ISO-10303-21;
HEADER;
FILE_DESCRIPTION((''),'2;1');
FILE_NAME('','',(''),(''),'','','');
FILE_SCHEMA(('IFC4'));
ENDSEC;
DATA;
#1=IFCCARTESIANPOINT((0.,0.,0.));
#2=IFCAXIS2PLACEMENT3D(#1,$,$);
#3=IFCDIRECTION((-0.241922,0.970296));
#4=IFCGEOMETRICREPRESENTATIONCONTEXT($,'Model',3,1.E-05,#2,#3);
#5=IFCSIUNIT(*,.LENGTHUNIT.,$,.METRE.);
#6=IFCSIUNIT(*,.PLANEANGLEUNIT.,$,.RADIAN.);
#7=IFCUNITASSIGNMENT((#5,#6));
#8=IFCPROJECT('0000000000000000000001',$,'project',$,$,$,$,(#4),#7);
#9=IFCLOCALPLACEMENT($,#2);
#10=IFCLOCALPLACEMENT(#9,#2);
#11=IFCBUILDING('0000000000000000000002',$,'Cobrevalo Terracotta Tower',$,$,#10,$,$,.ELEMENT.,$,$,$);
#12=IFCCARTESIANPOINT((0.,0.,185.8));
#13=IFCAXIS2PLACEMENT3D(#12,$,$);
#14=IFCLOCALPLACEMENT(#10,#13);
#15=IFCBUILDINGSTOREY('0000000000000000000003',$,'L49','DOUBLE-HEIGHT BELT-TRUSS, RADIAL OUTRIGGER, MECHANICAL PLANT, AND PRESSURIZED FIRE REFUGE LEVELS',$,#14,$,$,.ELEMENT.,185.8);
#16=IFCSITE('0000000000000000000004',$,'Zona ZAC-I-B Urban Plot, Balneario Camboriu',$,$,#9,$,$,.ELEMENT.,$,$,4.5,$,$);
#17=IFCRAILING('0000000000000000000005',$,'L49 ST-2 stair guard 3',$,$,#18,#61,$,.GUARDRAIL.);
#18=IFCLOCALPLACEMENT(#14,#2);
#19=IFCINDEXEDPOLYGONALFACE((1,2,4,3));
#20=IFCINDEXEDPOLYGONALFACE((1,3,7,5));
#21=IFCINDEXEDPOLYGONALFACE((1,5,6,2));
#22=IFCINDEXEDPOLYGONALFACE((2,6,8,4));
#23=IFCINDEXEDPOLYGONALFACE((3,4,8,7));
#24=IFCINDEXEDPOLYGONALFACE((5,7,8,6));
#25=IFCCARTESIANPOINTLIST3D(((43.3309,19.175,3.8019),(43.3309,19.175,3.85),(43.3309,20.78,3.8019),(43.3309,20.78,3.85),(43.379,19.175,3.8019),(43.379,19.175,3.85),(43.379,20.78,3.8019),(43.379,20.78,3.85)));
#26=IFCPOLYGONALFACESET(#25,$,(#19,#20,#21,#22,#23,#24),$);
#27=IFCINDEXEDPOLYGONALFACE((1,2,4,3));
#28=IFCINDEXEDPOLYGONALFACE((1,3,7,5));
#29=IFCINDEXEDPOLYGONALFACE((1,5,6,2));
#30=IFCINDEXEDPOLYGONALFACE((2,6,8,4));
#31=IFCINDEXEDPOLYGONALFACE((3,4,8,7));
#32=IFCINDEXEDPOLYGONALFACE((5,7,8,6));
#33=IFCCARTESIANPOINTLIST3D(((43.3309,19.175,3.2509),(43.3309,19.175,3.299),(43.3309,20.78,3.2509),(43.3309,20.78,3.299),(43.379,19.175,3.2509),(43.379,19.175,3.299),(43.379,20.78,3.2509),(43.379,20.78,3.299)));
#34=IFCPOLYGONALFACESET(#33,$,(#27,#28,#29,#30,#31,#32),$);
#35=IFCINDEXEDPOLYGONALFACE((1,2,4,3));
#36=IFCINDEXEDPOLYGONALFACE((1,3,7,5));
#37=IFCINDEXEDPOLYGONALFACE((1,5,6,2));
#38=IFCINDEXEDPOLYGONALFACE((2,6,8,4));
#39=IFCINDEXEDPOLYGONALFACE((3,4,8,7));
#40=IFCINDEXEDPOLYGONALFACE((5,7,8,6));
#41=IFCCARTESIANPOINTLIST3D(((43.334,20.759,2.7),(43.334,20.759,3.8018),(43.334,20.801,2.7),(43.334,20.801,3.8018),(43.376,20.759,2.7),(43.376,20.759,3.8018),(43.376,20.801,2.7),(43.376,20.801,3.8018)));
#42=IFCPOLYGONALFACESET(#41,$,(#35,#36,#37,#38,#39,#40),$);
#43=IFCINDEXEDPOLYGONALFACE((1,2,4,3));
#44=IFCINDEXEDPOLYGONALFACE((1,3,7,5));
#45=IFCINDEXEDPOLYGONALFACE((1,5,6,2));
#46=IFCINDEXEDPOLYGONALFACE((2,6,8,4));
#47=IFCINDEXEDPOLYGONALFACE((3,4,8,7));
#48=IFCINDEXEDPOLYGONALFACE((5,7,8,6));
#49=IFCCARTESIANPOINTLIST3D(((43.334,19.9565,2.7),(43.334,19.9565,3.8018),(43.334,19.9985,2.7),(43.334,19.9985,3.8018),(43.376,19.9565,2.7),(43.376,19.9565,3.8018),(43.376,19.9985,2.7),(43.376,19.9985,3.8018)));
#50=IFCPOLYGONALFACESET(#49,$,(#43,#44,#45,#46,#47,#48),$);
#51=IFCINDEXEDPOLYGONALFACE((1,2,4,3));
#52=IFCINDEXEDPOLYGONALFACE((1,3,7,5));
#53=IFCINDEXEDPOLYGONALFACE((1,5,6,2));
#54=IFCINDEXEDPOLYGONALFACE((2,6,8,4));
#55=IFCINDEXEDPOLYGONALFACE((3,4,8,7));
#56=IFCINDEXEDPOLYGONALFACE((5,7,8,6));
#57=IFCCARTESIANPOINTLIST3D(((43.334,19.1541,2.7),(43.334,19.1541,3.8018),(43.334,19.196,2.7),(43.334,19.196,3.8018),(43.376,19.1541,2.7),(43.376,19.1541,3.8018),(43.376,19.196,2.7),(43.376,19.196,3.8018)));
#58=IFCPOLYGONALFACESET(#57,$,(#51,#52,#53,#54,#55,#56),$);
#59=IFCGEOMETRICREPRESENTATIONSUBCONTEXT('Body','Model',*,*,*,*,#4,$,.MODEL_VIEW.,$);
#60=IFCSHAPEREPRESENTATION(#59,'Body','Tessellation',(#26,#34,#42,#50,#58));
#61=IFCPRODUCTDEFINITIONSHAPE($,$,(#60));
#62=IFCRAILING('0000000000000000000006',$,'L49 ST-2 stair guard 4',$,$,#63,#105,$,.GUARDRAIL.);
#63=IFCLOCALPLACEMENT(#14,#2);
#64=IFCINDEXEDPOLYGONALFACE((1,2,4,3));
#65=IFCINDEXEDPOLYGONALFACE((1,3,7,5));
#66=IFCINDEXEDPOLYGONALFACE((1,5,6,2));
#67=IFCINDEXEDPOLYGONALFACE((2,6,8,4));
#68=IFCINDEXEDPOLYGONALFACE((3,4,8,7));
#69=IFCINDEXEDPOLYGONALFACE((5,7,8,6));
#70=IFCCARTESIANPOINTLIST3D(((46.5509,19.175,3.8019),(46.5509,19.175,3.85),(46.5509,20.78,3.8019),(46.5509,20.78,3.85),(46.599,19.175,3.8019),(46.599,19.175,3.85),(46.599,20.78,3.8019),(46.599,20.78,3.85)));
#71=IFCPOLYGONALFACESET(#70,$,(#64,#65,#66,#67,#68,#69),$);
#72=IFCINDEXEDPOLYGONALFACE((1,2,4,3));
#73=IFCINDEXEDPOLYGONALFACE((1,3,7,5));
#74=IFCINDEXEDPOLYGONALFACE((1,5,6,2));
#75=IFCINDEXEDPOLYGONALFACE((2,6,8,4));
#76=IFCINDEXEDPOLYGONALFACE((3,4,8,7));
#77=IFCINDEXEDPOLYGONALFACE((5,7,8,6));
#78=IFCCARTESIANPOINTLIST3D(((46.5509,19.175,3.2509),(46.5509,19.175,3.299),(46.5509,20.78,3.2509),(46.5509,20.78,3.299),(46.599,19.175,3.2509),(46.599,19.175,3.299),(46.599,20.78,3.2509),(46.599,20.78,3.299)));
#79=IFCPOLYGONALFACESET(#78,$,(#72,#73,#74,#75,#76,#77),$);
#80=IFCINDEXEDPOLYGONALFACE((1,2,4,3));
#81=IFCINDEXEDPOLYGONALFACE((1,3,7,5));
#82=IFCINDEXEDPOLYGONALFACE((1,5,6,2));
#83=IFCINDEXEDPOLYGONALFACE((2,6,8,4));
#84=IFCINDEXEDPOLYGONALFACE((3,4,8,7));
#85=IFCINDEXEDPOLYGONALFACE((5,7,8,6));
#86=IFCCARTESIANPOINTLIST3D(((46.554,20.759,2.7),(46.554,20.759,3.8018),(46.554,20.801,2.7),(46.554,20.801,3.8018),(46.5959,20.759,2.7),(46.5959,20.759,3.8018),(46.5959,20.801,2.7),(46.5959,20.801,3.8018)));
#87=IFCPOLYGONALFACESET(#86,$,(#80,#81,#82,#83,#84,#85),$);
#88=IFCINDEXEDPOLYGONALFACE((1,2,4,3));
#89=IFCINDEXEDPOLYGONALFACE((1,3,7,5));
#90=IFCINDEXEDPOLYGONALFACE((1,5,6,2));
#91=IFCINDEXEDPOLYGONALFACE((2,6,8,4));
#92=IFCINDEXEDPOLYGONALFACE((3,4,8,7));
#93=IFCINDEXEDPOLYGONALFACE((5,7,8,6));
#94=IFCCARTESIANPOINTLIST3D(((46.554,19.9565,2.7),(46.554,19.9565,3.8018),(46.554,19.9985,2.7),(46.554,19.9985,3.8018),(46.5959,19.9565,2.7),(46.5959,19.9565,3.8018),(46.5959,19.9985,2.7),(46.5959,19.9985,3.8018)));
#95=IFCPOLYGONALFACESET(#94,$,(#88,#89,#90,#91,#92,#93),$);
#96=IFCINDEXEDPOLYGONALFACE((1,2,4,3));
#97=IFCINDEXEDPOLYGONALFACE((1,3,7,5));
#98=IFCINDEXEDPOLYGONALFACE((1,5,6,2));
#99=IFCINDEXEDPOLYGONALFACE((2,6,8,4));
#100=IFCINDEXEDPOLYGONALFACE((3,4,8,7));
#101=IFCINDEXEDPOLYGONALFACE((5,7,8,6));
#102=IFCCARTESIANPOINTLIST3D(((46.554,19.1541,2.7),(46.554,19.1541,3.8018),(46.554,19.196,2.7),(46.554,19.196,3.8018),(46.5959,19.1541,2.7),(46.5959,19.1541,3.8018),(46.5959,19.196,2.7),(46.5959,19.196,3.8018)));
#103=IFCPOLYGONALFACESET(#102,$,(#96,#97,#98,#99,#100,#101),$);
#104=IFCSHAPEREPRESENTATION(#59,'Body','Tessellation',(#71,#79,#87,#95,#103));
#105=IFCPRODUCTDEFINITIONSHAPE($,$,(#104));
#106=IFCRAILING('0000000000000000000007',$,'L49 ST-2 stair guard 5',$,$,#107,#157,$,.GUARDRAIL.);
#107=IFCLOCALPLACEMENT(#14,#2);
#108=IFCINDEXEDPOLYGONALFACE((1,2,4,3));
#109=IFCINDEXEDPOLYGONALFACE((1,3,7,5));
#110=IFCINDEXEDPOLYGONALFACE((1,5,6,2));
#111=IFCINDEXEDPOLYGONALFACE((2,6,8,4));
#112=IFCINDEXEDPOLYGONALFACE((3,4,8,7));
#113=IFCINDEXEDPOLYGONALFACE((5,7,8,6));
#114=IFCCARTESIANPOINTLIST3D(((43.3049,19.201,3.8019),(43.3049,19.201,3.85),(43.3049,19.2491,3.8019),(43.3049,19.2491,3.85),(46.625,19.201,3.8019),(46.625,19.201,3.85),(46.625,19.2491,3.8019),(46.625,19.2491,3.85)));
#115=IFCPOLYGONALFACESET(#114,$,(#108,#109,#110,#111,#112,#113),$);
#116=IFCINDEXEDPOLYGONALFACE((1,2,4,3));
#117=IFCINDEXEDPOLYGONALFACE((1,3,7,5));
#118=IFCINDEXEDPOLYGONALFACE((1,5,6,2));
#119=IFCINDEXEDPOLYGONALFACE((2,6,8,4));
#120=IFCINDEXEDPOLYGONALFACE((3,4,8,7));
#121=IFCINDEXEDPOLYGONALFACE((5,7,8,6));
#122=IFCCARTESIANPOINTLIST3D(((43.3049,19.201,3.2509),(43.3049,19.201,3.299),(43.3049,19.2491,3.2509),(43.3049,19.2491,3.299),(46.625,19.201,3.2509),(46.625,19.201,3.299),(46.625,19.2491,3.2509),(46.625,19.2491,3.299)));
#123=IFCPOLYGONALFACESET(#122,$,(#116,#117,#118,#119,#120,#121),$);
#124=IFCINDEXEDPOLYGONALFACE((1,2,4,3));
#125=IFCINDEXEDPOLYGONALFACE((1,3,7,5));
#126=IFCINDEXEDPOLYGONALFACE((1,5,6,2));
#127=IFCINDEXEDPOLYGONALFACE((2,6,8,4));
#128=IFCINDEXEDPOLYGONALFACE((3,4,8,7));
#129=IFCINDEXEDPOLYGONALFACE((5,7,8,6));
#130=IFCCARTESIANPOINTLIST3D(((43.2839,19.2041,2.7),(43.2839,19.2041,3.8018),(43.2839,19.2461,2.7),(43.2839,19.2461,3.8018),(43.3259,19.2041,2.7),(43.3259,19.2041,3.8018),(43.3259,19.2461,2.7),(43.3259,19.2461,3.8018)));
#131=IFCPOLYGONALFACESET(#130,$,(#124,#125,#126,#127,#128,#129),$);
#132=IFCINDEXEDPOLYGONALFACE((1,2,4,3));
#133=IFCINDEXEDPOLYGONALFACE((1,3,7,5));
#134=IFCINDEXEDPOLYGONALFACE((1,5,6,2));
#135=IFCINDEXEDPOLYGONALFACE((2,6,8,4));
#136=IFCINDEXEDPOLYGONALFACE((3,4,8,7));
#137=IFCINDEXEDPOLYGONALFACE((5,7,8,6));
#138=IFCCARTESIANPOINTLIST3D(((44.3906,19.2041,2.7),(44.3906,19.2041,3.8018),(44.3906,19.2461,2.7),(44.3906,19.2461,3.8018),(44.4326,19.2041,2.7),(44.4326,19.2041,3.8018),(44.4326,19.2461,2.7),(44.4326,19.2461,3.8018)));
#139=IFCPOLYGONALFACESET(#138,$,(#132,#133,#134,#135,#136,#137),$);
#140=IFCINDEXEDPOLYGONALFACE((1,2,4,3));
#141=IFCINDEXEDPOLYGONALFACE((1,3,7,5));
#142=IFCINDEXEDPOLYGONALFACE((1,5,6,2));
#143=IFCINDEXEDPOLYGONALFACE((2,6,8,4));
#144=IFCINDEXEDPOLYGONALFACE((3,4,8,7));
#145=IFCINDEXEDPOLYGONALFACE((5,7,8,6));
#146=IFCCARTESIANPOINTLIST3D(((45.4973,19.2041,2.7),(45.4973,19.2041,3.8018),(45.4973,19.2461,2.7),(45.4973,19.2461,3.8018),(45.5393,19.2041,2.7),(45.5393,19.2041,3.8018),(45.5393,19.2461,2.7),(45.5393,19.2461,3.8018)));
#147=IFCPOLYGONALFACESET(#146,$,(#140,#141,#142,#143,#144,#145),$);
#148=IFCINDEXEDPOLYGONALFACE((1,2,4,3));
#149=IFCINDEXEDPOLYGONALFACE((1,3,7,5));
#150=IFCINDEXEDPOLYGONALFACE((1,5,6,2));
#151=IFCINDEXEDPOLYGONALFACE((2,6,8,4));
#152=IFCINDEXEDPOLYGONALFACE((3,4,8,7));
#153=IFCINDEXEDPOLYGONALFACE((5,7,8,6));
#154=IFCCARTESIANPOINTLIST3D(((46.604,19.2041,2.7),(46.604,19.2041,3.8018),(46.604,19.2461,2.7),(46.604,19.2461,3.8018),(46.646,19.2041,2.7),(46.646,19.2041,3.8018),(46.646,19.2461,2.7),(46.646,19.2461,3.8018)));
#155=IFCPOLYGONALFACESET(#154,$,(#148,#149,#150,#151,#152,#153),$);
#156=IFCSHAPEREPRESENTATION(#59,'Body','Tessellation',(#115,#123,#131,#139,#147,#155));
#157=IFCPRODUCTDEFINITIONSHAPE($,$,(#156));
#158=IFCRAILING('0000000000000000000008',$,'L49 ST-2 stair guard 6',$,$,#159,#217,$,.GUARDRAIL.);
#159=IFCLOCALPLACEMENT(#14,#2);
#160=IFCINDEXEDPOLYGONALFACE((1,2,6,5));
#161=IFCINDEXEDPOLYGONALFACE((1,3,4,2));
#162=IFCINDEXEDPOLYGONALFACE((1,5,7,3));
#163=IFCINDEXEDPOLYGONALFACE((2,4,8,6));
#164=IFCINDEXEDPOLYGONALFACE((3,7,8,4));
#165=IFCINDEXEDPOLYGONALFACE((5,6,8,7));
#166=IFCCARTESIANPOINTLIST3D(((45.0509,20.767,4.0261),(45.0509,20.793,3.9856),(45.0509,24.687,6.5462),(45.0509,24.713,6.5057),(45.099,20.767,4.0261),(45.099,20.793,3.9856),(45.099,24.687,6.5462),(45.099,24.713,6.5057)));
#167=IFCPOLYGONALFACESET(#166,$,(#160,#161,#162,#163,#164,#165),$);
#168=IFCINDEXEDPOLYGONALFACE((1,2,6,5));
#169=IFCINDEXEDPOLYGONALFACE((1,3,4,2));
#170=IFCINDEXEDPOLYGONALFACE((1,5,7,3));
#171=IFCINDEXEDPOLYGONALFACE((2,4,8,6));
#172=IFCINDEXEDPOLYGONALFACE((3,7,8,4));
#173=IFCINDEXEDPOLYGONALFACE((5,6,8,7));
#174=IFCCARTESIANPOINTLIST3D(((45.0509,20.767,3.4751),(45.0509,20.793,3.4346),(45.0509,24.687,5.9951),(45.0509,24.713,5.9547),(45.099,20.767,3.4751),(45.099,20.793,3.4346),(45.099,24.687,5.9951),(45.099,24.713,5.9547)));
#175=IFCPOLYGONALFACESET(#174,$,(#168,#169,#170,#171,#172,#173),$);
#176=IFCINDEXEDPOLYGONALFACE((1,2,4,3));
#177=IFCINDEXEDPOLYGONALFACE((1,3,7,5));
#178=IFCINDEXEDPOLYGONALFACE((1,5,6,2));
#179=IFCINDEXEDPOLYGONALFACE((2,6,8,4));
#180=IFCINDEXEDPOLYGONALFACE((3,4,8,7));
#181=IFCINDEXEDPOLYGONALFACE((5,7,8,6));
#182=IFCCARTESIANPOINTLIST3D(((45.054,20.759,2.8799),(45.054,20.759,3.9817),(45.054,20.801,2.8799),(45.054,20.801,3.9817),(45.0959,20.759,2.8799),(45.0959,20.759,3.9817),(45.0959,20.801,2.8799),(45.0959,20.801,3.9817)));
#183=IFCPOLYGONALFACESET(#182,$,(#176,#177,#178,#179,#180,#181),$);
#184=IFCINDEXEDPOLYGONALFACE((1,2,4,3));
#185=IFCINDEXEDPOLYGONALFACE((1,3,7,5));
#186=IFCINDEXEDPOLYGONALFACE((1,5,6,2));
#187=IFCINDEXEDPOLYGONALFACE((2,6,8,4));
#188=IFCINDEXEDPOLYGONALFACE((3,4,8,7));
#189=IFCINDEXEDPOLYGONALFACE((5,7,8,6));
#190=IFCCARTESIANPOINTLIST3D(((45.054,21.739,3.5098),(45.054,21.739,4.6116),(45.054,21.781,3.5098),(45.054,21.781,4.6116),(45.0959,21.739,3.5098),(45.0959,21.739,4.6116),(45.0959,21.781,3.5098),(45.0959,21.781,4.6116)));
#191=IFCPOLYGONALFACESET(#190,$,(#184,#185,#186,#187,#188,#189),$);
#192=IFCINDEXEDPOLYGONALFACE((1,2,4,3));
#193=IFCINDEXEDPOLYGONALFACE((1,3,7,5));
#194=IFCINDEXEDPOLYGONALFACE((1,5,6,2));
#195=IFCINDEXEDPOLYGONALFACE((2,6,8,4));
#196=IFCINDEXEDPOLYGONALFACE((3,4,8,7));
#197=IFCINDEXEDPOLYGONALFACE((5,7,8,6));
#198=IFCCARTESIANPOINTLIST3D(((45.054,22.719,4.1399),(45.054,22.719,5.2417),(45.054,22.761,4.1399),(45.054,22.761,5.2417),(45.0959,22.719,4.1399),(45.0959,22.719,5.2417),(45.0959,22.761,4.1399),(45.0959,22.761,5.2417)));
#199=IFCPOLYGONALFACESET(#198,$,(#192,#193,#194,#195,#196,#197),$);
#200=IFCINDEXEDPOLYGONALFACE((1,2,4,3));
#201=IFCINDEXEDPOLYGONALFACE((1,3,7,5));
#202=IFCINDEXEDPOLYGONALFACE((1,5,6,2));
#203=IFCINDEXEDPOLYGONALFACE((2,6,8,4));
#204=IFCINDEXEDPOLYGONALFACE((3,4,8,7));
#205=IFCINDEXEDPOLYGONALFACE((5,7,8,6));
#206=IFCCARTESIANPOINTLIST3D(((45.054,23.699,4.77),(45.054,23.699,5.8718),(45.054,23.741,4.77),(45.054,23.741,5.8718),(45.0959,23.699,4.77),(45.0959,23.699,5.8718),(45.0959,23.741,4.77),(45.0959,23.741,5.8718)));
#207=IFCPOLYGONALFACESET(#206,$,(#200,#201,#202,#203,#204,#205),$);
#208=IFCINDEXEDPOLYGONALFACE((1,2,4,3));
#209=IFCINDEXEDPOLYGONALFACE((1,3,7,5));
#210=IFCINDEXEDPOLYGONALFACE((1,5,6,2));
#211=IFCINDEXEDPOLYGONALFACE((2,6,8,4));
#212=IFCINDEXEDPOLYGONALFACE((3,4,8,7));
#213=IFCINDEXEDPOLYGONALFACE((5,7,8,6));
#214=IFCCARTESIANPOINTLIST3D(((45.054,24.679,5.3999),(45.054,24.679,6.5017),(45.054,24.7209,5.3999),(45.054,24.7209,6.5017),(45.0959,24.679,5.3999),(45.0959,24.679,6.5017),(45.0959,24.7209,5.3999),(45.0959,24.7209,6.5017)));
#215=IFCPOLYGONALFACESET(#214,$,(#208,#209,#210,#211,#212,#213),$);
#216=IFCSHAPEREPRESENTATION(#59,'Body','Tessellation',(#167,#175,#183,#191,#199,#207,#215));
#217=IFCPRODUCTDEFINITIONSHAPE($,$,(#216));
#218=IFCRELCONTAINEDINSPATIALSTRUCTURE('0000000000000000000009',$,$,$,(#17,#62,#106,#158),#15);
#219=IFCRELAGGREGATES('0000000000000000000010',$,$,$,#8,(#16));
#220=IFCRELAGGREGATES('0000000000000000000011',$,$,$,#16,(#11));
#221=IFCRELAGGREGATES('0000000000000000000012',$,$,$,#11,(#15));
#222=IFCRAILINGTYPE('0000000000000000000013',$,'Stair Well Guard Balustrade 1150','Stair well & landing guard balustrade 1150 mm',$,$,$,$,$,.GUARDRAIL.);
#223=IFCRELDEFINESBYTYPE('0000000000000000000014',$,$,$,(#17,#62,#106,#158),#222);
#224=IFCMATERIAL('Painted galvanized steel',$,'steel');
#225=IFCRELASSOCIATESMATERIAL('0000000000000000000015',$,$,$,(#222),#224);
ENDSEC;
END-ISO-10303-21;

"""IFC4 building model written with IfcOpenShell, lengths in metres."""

from ifc_helpers import new_model, si_unit, direction, frame, origin, origin_2d, place, context, subcontext, project, spatial, rectangle, extrude, material, type_object, element, save


model = new_model("IFC4")

# Units and contexts
model_context = context("Model", 3, precision=1e-05, world=origin(), true_north=direction((-0.241922, 0.970296)))
body_context = subcontext(model_context, "Body", "Model", "MODEL_VIEW")
ifc_project = project(units=[si_unit("LENGTHUNIT", "METRE"), si_unit("PLANEANGLEUNIT", "RADIAN")], contexts=[model_context])

# Site, building, storey
site_placement = place(None, origin())
site = spatial("IfcSite", under=ifc_project, at=site_placement, Name="Zona ZAC-I-B Urban Plot, Balneario Camboriu", CompositionType="ELEMENT", RefElevation=4.5)
building_placement = place(site_placement, origin())
building = spatial("IfcBuilding", under=site, at=building_placement, Name="Cobrevalo Terracotta Tower", CompositionType="ELEMENT")
storey_placement = place(building_placement, frame((0.0, 0.0, 185.8)))
storey = spatial("IfcBuildingStorey", under=building, at=storey_placement, Name="L49", Description="DOUBLE-HEIGHT BELT-TRUSS, RADIAL OUTRIGGER, MECHANICAL PLANT, AND PRESSURIZED FIRE REFUGE LEVELS", CompositionType="ELEMENT", Elevation=185.8)

# Railings
ifc_material_1 = material(Name="Painted galvanized steel", Category="steel")
railing_type_1 = type_object("IfcRailingType", Name="Stair Well Guard Balustrade 1150", Description="Stair well & landing guard balustrade 1150 mm", PredefinedType="GUARDRAIL", material=ifc_material_1)
for number, where, name in (
    (1, (43.355, 20.78, 2.7), "L49 ST-2 stair guard 3"),
    (2, (46.575, 20.78, 2.7), "L49 ST-2 stair guard 4"),
):
    element("IfcRailing", number, at=place(storey_placement, frame(where)), inside=storey, type_object=railing_type_1, Name=name, PredefinedType="GUARDRAIL", context=body_context, shape_type="SweptSolid", body=[
        extrude(rectangle(XDim=0.0481, YDim=0.0481, at=origin_2d()), frame((0.0, 0.0, 1.126), z_axis=(0.0, -1.0, 0.0), x_axis=(1.0, 0.0, 0.0)), (0.0, 0.0, 1.0), 1.605),
        extrude(rectangle(XDim=0.0481, YDim=0.0481, at=origin_2d()), frame((0.0, 0.0, 0.575), z_axis=(0.0, -1.0, 0.0), x_axis=(1.0, 0.0, 0.0)), (0.0, 0.0, 1.0), 1.605),
        extrude(rectangle(XDim=0.042, YDim=0.042, at=origin_2d()), origin(), (0.0, 0.0, 1.0), 1.1018),
        extrude(rectangle(XDim=0.042, YDim=0.042, at=origin_2d()), frame((0.0, -0.8025, 0.0)), (0.0, 0.0, 1.0), 1.1018),
        extrude(rectangle(XDim=0.042, YDim=0.042, at=origin_2d()), frame((0.0, -1.605, 0.0)), (0.0, 0.0, 1.0), 1.1018),
    ])
railing_1_placement = place(storey_placement, frame((43.3049, 19.2251, 2.7)))
element("IfcRailing", 3, at=railing_1_placement, inside=storey, type_object=railing_type_1, Name="L49 ST-2 stair guard 5", PredefinedType="GUARDRAIL", context=body_context, shape_type="SweptSolid", body=[
    extrude(rectangle(XDim=0.0481, YDim=0.0481, at=origin_2d()), frame((0.0, 0.0, 1.126), z_axis=(1.0, 0.0, 0.0), x_axis=(0.0, 1.0, 0.0)), (0.0, 0.0, 1.0), 3.3201),
    extrude(rectangle(XDim=0.0481, YDim=0.0481, at=origin_2d()), frame((0.0, 0.0, 0.575), z_axis=(1.0, 0.0, 0.0), x_axis=(0.0, 1.0, 0.0)), (0.0, 0.0, 1.0), 3.3201),
    extrude(rectangle(XDim=0.042, YDim=0.042, at=origin_2d()), origin(), (0.0, 0.0, 1.0), 1.1018),
    extrude(rectangle(XDim=0.042, YDim=0.042, at=origin_2d()), frame((1.1067, 0.0, 0.0)), (0.0, 0.0, 1.0), 1.1018),
    extrude(rectangle(XDim=0.042, YDim=0.042, at=origin_2d()), frame((2.2134, 0.0, 0.0)), (0.0, 0.0, 1.0), 1.1018),
    extrude(rectangle(XDim=0.042, YDim=0.042, at=origin_2d()), frame((3.3201, 0.0, 0.0)), (0.0, 0.0, 1.0), 1.1018),
])
railing_2_placement = place(storey_placement, frame((45.075, 20.78, 2.8799)))
element("IfcRailing", 4, at=railing_2_placement, inside=storey, type_object=railing_type_1, Name="L49 ST-2 stair guard 6", PredefinedType="GUARDRAIL", context=body_context, shape_type="SweptSolid", body=[
    extrude(rectangle(XDim=0.0481, YDim=0.0481, at=origin_2d()), frame((0.0, 0.0, 1.126), z_axis=(0.0, 0.841172, 0.540768), x_axis=(-1.0, 0.0, 0.0)), (0.0, 0.0, 1.0), 4.6602),
    extrude(rectangle(XDim=0.0481, YDim=0.0481, at=origin_2d()), frame((0.0, 0.0, 0.575), z_axis=(0.0, 0.841172, 0.540768), x_axis=(-1.0, 0.0, 0.0)), (0.0, 0.0, 1.0), 4.6602),
    extrude(rectangle(XDim=0.042, YDim=0.042, at=origin_2d()), origin(), (0.0, 0.0, 1.0), 1.1018),
    extrude(rectangle(XDim=0.042, YDim=0.042, at=origin_2d()), frame((0.0, 0.98, 0.6299)), (0.0, 0.0, 1.0), 1.1018),
    extrude(rectangle(XDim=0.042, YDim=0.042, at=origin_2d()), frame((0.0, 1.96, 1.26)), (0.0, 0.0, 1.0), 1.1018),
    extrude(rectangle(XDim=0.042, YDim=0.042, at=origin_2d()), frame((0.0, 2.9399, 1.8901)), (0.0, 0.0, 1.0), 1.1018),
    extrude(rectangle(XDim=0.042, YDim=0.042, at=origin_2d()), frame((0.0, 3.9199, 2.52)), (0.0, 0.0, 1.0), 1.1018),
])

save(model, "model.ifc")
